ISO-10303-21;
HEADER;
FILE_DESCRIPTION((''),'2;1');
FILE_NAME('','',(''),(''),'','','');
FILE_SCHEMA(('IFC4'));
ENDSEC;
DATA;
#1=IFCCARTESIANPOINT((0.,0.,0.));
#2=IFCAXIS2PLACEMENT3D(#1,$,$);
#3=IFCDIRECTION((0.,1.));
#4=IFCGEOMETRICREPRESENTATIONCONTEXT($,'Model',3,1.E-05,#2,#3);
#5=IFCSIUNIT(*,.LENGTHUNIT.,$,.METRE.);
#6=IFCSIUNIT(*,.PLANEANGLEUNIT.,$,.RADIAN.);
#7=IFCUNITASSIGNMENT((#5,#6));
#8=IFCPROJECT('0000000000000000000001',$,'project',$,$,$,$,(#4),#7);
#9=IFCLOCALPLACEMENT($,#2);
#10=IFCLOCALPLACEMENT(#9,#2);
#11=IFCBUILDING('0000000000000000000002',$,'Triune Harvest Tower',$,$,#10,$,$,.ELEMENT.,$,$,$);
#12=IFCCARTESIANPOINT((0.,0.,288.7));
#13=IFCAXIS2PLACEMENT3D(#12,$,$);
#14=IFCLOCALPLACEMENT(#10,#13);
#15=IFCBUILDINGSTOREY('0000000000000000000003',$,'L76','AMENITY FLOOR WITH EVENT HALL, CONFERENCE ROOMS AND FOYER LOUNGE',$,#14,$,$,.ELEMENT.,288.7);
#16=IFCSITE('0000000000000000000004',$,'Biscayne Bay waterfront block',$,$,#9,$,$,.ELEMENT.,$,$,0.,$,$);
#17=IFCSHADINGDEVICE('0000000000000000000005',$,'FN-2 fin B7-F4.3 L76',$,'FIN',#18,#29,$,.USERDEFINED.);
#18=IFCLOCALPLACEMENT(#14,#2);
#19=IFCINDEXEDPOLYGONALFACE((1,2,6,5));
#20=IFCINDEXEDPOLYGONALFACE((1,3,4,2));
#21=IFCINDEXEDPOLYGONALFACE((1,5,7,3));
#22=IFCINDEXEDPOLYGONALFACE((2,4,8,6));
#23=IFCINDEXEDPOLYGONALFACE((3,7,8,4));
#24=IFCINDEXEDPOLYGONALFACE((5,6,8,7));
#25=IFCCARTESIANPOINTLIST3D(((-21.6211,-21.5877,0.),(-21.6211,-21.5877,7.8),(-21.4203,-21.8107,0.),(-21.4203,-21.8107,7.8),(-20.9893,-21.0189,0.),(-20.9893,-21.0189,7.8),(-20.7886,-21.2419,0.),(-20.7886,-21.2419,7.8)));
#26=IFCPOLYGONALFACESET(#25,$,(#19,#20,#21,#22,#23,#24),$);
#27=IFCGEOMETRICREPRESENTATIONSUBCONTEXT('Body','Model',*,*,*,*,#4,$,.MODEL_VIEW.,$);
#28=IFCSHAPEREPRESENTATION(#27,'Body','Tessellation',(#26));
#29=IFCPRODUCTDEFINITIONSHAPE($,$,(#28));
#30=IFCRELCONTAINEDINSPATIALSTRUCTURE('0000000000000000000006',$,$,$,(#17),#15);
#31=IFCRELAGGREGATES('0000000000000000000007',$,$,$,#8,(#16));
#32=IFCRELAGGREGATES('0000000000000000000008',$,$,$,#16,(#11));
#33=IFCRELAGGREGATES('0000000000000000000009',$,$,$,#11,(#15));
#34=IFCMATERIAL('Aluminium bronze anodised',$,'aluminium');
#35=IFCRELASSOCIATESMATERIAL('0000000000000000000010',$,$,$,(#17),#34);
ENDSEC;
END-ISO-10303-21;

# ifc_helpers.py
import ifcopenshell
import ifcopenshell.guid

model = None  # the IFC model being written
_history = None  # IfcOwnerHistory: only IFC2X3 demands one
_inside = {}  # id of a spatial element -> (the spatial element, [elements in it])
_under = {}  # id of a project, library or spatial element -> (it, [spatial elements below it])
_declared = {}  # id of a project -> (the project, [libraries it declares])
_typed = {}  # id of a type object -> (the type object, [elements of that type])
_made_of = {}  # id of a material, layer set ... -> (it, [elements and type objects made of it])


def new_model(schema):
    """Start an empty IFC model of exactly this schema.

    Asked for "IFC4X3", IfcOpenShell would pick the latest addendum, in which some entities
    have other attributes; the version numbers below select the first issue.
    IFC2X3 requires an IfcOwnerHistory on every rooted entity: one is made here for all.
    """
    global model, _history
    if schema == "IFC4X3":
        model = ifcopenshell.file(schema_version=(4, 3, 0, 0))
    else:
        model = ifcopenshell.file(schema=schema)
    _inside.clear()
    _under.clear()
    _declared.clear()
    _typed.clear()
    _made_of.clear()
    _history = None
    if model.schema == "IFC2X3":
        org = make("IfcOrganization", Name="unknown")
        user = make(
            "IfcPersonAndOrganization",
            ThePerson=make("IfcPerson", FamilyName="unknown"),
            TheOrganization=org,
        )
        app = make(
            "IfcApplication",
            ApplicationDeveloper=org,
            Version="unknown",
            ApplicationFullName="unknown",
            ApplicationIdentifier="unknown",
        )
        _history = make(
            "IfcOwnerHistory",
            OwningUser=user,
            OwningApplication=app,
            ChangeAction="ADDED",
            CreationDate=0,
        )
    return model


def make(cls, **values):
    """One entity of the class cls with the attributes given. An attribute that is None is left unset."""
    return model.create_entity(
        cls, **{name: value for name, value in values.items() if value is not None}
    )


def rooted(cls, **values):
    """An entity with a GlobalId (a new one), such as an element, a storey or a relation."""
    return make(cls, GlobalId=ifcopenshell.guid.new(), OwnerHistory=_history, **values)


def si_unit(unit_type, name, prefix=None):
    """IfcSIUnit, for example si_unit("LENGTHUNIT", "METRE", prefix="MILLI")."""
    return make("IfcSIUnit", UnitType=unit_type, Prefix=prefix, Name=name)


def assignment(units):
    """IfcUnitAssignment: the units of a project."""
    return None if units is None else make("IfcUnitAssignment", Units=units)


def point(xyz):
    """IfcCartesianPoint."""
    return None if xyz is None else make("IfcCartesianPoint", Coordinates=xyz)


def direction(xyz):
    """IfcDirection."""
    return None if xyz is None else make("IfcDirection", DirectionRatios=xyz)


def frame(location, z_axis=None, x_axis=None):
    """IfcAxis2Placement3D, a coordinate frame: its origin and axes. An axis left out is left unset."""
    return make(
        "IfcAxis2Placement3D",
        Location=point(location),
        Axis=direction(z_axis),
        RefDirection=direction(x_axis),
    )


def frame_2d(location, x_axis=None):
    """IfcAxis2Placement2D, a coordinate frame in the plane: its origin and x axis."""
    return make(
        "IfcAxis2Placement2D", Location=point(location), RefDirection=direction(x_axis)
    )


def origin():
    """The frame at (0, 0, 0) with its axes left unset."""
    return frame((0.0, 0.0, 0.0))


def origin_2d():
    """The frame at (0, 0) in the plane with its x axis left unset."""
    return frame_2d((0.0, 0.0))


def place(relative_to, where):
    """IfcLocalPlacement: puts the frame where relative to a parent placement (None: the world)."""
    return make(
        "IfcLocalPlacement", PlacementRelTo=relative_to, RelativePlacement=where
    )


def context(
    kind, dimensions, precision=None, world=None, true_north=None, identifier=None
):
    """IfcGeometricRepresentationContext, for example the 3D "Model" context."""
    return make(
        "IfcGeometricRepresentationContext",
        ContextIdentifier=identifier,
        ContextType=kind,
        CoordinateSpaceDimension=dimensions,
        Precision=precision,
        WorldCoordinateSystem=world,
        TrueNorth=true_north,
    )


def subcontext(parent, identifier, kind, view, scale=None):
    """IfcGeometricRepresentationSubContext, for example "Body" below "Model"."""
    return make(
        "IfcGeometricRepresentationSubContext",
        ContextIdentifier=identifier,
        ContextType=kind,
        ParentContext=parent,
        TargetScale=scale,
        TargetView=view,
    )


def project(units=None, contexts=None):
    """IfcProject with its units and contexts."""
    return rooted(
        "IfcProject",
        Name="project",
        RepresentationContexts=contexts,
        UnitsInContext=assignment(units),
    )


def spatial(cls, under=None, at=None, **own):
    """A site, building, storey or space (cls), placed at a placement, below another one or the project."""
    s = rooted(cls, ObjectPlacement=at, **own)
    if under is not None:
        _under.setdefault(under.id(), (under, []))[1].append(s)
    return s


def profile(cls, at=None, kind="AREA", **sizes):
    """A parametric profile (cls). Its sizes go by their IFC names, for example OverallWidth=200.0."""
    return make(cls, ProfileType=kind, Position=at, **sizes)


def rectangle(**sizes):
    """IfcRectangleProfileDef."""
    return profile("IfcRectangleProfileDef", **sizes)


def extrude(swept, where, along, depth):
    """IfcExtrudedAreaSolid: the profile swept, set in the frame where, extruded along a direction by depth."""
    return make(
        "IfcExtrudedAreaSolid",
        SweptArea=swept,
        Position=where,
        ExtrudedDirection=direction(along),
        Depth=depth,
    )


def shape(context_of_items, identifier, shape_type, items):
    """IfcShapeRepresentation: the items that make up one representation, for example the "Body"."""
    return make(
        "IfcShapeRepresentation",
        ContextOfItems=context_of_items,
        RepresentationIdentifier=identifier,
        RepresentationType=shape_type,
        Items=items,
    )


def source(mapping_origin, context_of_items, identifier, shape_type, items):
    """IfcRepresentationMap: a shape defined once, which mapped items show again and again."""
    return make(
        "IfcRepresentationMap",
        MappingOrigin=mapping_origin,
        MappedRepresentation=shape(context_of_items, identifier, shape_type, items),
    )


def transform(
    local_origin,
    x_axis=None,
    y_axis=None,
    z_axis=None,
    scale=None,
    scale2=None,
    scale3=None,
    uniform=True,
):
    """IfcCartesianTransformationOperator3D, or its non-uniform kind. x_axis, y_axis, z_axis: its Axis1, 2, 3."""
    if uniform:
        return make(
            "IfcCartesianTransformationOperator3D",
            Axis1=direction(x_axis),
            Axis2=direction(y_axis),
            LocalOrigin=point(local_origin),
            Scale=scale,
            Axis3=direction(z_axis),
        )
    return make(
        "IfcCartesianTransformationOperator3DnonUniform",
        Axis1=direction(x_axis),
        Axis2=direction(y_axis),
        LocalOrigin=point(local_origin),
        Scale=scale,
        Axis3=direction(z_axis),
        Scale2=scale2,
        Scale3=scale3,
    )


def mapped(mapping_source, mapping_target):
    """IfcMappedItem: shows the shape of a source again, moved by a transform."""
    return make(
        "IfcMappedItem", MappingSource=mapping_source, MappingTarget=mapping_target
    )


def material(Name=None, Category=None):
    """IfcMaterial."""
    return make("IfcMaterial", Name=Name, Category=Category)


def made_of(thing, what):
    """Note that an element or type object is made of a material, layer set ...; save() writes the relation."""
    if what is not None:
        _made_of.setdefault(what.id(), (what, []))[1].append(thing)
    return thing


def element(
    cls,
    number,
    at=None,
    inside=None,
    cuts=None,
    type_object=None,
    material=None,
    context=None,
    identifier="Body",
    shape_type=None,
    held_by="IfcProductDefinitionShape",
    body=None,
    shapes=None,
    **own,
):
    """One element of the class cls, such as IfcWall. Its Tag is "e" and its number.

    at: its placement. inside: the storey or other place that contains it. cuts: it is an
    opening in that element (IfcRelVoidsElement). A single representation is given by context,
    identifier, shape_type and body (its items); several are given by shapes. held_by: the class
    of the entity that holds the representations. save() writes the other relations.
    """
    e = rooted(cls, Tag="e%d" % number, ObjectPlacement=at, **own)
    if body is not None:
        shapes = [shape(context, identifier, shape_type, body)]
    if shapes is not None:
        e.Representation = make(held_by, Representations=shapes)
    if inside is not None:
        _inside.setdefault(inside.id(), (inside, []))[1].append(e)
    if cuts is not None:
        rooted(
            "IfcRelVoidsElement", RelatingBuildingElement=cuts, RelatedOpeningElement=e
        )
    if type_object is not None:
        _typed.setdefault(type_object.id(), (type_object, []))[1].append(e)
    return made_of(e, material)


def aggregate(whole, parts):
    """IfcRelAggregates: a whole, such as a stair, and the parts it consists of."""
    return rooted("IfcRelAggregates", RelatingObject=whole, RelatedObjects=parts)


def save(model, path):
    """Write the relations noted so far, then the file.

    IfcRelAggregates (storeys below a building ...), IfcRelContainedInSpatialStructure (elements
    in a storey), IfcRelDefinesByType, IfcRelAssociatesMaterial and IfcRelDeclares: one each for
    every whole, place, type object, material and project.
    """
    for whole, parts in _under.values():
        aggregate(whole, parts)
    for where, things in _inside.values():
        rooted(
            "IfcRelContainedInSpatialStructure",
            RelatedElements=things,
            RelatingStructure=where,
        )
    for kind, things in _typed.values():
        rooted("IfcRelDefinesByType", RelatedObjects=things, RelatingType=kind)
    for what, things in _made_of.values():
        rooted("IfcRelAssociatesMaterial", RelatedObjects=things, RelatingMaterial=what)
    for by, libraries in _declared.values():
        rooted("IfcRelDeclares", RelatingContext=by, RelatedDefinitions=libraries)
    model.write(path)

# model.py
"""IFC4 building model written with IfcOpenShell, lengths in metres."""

from ifc_helpers import new_model, si_unit, direction, frame, origin, origin_2d, place, context, subcontext, project, spatial, rectangle, extrude, source, transform, mapped, material, element, save


model = new_model("IFC4")

# Units and contexts
model_context = context("Model", 3, precision=1e-05, world=origin(), true_north=direction((0.0, 1.0)))
body_context = subcontext(model_context, "Body", "Model", "MODEL_VIEW")
ifc_project = project(units=[si_unit("LENGTHUNIT", "METRE"), si_unit("PLANEANGLEUNIT", "RADIAN")], contexts=[model_context])

# Site, building, storey
site_placement = place(None, origin())
site = spatial("IfcSite", under=ifc_project, at=site_placement, Name="Biscayne Bay waterfront block", CompositionType="ELEMENT", RefElevation=0.0)
building_placement = place(site_placement, origin())
building = spatial("IfcBuilding", under=site, at=building_placement, Name="Triune Harvest Tower", CompositionType="ELEMENT")
storey_placement = place(building_placement, frame((0.0, 0.0, 288.7)))
storey = spatial("IfcBuildingStorey", under=building, at=storey_placement, Name="L76", Description="AMENITY FLOOR WITH EVENT HALL, CONFERENCE ROOMS AND FOYER LOUNGE", CompositionType="ELEMENT", Elevation=288.7)

# Shading device
ifc_material_1 = material(Name="Aluminium bronze anodised", Category="aluminium")
shared_shape_1 = source(origin(), body_context, "Body", "SweptSolid", [
    extrude(rectangle(XDim=0.3, YDim=0.8501, at=origin_2d()), origin(), (0.0, 0.0, 1.0), 7.8),
])
shading_device_placement = place(storey_placement, frame((-21.2048, -21.4148, 0.0), z_axis=(0.0, 0.0, 1.0), x_axis=(0.669132, -0.743144, 0.0)))
element("IfcShadingDevice", 1, at=shading_device_placement, inside=storey, material=ifc_material_1, Name="FN-2 fin B7-F4.3 L76", ObjectType="FIN", PredefinedType="USERDEFINED", context=body_context, shape_type="MappedRepresentation", body=[
    mapped(shared_shape_1, transform((0.0, 0.0, 0.0), scale=1.0)),
])

save(model, "model.ifc")
